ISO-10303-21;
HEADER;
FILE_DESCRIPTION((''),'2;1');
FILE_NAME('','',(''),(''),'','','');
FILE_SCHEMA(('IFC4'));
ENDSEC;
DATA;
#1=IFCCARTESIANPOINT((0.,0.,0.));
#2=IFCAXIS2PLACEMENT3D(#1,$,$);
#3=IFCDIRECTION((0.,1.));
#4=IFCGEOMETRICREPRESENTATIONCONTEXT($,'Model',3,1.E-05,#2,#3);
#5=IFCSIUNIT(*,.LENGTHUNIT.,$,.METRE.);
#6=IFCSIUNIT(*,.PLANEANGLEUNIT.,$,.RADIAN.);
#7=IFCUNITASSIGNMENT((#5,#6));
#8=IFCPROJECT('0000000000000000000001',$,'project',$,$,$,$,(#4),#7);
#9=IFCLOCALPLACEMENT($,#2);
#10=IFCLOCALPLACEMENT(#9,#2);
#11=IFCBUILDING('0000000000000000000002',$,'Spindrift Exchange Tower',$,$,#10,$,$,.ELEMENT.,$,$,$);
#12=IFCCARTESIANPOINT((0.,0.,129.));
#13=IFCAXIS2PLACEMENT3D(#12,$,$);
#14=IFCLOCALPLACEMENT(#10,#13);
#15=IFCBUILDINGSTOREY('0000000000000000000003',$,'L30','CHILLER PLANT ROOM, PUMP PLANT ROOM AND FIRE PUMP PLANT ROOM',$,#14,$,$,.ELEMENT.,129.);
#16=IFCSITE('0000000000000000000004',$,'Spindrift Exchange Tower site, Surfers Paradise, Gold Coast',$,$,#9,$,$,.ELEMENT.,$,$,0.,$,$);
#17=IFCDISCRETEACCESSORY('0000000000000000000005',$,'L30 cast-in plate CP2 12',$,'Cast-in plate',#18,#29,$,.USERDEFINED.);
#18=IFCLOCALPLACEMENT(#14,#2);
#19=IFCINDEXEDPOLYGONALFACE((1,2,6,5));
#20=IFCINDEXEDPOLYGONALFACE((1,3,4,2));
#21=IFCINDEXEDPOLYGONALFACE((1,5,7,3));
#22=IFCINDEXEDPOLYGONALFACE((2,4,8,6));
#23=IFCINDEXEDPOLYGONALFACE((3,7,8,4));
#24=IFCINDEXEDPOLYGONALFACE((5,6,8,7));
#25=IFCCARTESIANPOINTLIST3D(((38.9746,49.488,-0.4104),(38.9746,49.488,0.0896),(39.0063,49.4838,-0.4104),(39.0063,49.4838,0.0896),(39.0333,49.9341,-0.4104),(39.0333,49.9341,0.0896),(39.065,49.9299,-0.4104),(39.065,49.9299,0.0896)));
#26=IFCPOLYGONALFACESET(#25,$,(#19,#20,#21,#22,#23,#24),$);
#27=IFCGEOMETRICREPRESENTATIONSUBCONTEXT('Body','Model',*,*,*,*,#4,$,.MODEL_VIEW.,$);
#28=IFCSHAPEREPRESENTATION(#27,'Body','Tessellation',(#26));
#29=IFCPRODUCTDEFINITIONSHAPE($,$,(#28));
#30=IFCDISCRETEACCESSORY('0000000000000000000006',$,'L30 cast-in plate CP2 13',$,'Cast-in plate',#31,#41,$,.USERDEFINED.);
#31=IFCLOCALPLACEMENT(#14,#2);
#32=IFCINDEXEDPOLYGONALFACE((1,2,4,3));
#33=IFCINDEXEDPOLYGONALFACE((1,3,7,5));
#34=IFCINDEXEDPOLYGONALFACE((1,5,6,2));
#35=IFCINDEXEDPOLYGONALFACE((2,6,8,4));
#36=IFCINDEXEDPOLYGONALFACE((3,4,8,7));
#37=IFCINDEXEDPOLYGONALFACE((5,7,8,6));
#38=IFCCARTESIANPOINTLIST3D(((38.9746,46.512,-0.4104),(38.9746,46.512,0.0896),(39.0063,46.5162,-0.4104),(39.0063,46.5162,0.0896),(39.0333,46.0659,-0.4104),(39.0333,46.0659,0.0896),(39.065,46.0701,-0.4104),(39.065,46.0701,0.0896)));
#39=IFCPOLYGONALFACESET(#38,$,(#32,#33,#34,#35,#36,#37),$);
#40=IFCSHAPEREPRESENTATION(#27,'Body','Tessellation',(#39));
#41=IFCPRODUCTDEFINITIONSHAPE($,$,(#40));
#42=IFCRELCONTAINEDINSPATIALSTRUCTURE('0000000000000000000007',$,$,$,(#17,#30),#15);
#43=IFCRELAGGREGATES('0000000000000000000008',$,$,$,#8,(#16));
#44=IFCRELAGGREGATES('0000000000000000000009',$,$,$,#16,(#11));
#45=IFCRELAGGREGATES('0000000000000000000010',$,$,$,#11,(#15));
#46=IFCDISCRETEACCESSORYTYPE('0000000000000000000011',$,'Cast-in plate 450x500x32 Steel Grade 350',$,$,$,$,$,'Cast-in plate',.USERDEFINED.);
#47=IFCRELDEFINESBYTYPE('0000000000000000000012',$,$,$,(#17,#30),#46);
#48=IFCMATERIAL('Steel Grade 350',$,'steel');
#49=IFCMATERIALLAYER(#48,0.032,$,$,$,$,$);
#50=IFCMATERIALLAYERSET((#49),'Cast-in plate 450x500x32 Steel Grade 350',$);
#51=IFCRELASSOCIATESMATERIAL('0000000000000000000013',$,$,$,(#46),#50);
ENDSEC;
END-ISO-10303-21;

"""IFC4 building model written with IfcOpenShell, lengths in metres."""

from ifc_helpers import new_model, si_unit, direction, frame, origin, origin_2d, place, context, subcontext, project, spatial, rectangle, extrude, source, transform, mapped, material, layer, layer_set, type_object, element, save


model = new_model("IFC4")

# Units and contexts
model_context = context("Model", 3, precision=1e-05, world=origin(), true_north=direction((0.0, 1.0)))
body_context = subcontext(model_context, "Body", "Model", "MODEL_VIEW")
ifc_project = project(units=[si_unit("LENGTHUNIT", "METRE"), si_unit("PLANEANGLEUNIT", "RADIAN")], contexts=[model_context])

# Site, building, storey
site_placement = place(None, origin())
site = spatial("IfcSite", under=ifc_project, at=site_placement, Name="Spindrift Exchange Tower site, Surfers Paradise, Gold Coast", CompositionType="ELEMENT", RefElevation=0.0)
building_placement = place(site_placement, origin())
building = spatial("IfcBuilding", under=site, at=building_placement, Name="Spindrift Exchange Tower", CompositionType="ELEMENT")
storey_placement = place(building_placement, frame((0.0, 0.0, 129.0)))
storey = spatial("IfcBuildingStorey", under=building, at=storey_placement, Name="L30", Description="CHILLER PLANT ROOM, PUMP PLANT ROOM AND FIRE PUMP PLANT ROOM", CompositionType="ELEMENT", Elevation=129.0)

# Discrete accessories
ifc_material_1 = material(Name="Steel Grade 350", Category="steel")
ifc_layer_1 = layer(ifc_material_1, 0.032)
ifc_layer_set_1 = layer_set([ifc_layer_1], Name="Cast-in plate 450x500x32 Steel Grade 350")
discrete_accessory_type_1 = type_object("IfcDiscreteAccessoryType", Name="Cast-in plate 450x500x32 Steel Grade 350", ElementType="Cast-in plate", PredefinedType="USERDEFINED", material=ifc_layer_set_1)
shared_shape_1 = source(origin(), body_context, "Body", "SweptSolid", [
    extrude(rectangle(XDim=0.032, YDim=0.45, at=origin_2d()), origin(), (0.0, 0.0, 1.0), 0.5),
])
for number, where, z_axis, x_axis, name in (
    (1, (39.0198, 49.709, -0.4104), (0.0, 0.0, 1.0), (-0.991445, 0.130526, 0.0), "L30 cast-in plate CP2 12"),
    (2, (39.0198, 46.291, -0.4104), (0.0, 0.0, 1.0), (-0.991445, -0.130526, 0.0), "L30 cast-in plate CP2 13"),
):
    element("IfcDiscreteAccessory", number, at=place(storey_placement, frame(where, z_axis=z_axis, x_axis=x_axis)), inside=storey, type_object=discrete_accessory_type_1, Name=name, ObjectType="Cast-in plate", PredefinedType="USERDEFINED", context=body_context, shape_type="MappedRepresentation", body=[
        mapped(shared_shape_1, transform((0.0, 0.0, 0.0), scale=1.0)),
    ])

save(model, "model.ifc")
